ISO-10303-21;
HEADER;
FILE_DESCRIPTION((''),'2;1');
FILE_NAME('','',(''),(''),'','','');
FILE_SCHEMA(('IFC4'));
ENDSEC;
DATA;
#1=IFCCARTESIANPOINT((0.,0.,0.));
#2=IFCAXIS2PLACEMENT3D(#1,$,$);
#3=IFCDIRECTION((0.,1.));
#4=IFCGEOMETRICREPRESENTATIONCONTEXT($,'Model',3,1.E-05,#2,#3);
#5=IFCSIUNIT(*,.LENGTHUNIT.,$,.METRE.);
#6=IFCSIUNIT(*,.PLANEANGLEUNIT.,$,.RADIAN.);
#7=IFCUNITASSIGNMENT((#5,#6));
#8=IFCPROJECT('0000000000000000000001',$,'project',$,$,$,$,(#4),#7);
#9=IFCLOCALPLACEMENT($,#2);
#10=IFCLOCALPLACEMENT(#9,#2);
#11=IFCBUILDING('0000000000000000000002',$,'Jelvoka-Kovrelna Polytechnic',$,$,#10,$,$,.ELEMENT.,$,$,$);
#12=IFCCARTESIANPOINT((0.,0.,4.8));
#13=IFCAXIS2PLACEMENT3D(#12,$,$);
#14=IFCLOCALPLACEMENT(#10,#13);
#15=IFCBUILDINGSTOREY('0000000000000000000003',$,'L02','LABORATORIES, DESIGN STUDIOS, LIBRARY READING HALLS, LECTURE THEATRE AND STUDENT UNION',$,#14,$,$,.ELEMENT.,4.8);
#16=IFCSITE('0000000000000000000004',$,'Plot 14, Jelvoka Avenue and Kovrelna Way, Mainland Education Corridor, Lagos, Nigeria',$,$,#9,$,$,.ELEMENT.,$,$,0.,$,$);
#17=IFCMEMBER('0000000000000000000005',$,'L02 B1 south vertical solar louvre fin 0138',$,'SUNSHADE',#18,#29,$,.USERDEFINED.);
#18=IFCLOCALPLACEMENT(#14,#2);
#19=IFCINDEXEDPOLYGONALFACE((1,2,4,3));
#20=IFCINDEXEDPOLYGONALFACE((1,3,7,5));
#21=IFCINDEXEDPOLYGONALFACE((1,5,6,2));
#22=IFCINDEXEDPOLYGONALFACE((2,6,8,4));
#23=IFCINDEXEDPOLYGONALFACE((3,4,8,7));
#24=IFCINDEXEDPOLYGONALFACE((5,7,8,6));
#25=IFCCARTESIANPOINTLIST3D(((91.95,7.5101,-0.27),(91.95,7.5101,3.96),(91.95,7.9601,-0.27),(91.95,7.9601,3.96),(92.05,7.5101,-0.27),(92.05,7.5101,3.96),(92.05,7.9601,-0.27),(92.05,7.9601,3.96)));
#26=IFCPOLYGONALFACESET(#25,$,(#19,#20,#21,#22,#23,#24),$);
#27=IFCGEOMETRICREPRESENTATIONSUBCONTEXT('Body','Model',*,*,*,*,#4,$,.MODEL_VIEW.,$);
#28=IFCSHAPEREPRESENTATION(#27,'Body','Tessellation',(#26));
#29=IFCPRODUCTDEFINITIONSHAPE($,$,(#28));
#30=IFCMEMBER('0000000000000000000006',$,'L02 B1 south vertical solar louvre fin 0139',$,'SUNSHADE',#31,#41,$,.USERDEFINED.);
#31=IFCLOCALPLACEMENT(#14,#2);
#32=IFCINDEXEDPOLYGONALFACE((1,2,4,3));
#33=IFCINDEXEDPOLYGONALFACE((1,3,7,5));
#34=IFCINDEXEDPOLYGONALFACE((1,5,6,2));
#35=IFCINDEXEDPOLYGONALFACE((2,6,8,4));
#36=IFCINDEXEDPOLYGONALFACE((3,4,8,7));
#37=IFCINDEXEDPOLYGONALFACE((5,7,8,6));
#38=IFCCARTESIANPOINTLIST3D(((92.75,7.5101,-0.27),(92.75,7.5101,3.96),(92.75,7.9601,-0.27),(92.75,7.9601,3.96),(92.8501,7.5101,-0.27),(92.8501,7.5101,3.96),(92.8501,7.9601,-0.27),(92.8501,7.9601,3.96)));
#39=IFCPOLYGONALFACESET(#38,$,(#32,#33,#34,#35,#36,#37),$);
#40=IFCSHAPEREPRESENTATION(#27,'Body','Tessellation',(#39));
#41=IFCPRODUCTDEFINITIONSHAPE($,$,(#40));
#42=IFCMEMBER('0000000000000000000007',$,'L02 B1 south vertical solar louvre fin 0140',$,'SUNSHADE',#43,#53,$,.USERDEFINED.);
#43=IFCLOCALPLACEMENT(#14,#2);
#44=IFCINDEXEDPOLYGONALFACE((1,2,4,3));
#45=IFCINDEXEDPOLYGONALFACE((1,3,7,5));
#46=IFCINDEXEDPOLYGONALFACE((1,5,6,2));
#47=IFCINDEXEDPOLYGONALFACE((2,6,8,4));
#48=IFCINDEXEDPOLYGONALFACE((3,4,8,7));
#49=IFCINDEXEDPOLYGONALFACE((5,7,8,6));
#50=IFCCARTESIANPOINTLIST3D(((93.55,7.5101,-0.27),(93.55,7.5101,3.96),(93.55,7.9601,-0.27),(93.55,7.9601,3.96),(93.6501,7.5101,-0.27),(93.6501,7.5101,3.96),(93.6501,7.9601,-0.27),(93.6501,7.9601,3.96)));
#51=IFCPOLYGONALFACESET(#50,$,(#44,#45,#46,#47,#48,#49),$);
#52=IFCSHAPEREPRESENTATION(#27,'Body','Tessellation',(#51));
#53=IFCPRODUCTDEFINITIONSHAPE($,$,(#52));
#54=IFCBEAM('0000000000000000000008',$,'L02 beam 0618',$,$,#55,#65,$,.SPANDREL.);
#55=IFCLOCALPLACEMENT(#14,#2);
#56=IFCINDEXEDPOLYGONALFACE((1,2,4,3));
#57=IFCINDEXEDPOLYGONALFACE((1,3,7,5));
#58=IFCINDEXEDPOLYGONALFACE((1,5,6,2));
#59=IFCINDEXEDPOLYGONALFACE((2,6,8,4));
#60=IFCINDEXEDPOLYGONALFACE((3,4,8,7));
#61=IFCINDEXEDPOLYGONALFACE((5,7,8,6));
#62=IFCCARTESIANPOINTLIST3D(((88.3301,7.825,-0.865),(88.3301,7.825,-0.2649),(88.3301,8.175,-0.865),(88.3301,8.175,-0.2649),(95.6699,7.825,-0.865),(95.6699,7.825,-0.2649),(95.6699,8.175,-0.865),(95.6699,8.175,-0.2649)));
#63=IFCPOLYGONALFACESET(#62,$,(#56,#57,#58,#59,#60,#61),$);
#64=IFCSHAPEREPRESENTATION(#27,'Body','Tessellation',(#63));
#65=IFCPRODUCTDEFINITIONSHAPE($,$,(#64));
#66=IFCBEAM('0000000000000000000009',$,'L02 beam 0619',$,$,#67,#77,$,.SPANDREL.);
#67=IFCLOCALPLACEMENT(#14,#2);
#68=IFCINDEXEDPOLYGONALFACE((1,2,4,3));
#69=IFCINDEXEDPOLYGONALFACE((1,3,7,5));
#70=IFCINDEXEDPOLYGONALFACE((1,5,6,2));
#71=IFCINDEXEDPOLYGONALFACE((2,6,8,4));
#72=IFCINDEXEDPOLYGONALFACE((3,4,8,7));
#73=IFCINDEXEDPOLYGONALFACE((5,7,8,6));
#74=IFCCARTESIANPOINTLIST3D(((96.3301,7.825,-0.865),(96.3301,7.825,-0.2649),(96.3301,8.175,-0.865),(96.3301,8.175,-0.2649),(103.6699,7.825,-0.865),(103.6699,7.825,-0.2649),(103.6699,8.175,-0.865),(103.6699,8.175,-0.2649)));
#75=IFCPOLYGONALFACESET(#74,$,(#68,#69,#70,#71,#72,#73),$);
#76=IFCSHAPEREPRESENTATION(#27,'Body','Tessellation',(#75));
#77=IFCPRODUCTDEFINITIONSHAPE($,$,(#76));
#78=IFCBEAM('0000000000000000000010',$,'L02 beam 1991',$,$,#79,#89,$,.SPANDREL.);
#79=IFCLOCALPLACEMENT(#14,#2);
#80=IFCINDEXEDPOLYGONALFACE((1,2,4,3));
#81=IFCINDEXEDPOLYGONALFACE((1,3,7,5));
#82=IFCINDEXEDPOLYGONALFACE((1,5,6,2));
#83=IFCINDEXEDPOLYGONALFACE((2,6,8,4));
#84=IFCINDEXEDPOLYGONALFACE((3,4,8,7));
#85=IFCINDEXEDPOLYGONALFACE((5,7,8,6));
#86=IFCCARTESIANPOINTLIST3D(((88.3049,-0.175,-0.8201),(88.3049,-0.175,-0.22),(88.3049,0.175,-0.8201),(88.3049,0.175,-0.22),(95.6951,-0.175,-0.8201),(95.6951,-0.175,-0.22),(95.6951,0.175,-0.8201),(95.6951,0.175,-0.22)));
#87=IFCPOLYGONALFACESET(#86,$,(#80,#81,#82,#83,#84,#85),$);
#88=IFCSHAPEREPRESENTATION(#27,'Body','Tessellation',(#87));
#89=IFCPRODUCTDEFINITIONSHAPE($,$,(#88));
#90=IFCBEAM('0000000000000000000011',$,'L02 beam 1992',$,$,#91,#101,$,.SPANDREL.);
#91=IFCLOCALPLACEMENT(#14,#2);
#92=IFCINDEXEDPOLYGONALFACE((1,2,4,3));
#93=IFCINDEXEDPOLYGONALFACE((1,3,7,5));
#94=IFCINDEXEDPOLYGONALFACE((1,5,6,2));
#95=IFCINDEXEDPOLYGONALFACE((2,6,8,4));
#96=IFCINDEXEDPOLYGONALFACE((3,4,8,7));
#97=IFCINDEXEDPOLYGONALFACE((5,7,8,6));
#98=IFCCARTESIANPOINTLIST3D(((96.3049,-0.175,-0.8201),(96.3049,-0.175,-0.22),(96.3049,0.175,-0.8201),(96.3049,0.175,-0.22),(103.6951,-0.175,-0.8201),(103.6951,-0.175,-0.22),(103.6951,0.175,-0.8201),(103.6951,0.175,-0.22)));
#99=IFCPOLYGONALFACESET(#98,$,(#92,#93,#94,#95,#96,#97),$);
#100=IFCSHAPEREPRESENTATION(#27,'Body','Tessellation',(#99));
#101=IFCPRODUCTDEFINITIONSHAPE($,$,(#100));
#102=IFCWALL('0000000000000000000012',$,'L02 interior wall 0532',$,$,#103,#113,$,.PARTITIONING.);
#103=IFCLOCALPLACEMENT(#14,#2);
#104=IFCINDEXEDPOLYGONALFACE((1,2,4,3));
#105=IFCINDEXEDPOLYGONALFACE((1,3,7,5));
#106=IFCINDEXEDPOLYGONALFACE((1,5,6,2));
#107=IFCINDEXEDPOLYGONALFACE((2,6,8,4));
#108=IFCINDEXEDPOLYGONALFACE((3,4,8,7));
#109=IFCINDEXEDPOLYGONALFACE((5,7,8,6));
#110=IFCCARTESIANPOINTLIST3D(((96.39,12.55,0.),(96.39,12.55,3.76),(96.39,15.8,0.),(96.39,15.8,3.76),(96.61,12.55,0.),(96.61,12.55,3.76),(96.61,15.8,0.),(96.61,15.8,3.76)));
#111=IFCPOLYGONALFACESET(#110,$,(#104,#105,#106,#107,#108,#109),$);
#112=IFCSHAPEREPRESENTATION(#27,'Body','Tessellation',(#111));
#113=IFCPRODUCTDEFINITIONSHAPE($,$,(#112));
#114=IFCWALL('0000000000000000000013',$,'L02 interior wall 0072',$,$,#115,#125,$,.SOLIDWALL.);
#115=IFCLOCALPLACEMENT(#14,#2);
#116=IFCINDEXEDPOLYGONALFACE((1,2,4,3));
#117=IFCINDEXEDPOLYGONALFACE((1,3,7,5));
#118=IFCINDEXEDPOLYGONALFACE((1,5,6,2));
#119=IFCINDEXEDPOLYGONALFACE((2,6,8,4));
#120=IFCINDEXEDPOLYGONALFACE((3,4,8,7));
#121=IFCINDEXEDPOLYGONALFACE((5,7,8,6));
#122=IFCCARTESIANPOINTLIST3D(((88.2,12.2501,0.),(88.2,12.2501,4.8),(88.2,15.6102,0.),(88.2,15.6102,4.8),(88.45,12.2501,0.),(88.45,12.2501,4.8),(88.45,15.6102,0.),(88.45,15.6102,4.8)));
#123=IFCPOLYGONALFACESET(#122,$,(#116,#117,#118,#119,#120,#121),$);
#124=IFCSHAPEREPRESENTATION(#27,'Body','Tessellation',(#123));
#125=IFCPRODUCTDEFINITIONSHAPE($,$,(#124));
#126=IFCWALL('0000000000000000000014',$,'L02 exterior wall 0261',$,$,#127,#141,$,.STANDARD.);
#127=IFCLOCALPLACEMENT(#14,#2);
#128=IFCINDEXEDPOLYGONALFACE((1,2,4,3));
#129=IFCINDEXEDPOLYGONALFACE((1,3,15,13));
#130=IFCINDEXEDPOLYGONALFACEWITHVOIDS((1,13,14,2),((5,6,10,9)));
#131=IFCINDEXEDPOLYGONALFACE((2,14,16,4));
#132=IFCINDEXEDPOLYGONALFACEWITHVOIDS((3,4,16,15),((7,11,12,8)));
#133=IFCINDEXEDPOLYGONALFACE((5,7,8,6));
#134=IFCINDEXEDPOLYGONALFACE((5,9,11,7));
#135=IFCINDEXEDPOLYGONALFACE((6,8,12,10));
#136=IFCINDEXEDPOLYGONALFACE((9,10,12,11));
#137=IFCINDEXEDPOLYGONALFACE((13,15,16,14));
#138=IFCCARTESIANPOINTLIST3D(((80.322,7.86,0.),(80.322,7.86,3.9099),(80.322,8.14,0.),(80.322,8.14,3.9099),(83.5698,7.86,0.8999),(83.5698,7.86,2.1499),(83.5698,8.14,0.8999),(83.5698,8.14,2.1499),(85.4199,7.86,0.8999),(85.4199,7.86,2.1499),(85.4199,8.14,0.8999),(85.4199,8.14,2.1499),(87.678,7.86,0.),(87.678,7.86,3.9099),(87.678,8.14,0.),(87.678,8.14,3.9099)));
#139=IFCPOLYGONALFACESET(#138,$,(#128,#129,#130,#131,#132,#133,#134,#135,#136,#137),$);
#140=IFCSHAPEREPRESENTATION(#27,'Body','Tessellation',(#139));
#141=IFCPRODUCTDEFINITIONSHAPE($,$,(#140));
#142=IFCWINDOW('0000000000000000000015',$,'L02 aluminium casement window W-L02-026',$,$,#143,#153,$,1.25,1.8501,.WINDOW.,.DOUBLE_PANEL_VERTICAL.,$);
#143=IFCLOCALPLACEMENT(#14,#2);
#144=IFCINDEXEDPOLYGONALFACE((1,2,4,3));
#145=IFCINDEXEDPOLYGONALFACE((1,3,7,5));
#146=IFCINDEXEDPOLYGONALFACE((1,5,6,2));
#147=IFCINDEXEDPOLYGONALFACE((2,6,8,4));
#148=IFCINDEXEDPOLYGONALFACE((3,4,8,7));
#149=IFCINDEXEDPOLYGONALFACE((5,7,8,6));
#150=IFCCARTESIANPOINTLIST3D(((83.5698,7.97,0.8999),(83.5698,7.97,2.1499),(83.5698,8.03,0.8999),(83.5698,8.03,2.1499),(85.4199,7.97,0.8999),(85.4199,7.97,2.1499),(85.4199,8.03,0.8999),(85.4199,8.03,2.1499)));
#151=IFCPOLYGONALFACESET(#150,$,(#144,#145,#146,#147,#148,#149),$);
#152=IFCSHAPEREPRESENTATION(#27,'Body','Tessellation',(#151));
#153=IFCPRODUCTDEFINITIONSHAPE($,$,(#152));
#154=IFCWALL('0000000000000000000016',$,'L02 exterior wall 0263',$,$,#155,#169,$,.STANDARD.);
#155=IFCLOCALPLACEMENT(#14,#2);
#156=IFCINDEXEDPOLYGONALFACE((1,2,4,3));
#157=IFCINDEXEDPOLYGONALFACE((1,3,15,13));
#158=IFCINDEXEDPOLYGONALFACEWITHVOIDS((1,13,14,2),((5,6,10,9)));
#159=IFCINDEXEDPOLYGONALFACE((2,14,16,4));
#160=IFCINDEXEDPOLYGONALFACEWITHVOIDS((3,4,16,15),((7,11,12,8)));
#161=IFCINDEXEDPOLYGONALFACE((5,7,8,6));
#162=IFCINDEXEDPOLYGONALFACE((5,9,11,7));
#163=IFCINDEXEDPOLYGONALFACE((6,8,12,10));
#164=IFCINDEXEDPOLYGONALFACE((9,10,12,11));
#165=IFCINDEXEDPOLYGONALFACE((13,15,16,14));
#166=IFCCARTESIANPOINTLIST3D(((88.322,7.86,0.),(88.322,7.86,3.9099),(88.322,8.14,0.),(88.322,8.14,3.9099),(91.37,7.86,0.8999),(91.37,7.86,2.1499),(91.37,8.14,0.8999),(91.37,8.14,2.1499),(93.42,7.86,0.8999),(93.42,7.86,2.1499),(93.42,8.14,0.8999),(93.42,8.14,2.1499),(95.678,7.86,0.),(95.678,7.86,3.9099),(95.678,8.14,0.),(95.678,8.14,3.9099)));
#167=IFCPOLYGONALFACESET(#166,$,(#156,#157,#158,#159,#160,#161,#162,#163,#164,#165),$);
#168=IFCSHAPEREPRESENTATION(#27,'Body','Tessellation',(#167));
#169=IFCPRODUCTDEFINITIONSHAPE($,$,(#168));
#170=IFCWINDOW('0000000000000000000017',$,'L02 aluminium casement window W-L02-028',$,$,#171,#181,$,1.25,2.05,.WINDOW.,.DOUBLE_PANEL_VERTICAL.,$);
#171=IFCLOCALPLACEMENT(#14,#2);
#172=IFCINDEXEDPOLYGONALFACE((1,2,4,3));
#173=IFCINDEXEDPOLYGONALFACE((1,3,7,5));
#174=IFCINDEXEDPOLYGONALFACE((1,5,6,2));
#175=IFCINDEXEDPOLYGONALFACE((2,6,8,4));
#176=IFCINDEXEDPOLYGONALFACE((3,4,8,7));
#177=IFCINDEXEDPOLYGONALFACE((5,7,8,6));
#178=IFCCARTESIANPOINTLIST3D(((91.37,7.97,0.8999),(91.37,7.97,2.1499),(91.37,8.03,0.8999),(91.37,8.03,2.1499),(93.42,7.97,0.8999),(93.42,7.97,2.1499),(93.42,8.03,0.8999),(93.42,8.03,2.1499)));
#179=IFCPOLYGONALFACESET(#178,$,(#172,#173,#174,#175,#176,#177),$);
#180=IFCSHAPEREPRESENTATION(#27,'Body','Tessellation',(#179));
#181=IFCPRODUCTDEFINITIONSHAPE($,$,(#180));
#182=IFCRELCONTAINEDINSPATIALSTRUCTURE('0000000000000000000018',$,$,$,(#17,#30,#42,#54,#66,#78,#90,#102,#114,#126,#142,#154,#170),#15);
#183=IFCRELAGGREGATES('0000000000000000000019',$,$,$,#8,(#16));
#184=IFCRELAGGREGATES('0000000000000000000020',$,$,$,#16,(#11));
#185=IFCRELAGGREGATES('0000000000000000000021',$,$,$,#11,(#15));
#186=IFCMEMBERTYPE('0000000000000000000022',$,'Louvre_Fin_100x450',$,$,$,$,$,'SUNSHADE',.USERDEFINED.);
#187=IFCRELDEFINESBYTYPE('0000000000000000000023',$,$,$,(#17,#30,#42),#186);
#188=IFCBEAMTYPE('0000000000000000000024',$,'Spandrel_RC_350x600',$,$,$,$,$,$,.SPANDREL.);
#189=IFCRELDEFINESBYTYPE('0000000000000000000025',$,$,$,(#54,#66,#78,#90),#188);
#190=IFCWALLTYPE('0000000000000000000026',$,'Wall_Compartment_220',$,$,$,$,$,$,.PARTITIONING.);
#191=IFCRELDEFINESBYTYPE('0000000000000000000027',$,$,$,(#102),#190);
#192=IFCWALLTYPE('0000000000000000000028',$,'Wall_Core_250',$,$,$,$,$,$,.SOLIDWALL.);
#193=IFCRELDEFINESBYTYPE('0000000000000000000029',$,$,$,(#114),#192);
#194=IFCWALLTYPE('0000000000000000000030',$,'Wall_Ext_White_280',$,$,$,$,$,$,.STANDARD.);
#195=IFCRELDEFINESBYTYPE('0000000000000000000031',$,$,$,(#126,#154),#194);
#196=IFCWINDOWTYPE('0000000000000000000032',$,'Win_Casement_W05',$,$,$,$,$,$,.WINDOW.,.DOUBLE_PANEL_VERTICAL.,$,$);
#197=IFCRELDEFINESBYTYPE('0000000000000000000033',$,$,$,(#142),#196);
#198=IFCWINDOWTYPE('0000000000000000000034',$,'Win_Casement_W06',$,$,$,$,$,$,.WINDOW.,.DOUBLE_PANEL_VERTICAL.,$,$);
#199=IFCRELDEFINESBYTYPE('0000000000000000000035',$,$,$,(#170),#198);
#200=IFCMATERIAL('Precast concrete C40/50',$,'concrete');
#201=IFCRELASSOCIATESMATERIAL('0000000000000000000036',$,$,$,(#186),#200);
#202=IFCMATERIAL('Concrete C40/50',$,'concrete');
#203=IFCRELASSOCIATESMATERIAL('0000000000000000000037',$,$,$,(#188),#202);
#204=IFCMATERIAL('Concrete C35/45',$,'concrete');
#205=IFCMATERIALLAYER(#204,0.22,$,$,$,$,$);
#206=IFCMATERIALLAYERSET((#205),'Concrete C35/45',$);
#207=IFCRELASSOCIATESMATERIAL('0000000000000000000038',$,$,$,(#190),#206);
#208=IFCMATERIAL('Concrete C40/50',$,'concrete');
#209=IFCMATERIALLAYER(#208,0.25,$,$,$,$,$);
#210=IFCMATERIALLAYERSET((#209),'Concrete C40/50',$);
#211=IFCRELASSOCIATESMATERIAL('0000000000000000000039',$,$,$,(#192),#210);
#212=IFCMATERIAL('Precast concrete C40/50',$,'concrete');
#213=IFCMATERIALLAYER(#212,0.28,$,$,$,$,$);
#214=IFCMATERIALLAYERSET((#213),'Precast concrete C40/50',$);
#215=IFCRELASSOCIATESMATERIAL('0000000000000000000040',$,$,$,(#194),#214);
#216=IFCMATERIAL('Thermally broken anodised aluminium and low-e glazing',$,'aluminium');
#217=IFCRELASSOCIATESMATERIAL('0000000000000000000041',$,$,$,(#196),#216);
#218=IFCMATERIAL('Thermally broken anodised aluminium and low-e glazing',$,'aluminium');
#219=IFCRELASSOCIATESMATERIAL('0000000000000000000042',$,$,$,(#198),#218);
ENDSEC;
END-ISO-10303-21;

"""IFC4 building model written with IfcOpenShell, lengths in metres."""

from ifc_helpers import new_model, si_unit, direction, frame, frame_2d, origin, origin_2d, place, context, subcontext, project, spatial, rectangle, extrude, material, layer, layer_set, material_profile, profile_set, type_object, element, fill, save


model = new_model("IFC4")

# Units and contexts
model_context = context("Model", 3, precision=1e-05, world=origin(), true_north=direction((0.0, 1.0)))
body_context = subcontext(model_context, "Body", "Model", "MODEL_VIEW")
ifc_project = project(units=[si_unit("LENGTHUNIT", "METRE"), si_unit("PLANEANGLEUNIT", "RADIAN")], contexts=[model_context])

# Site, building, storey
site_placement = place(None, origin())
site = spatial("IfcSite", under=ifc_project, at=site_placement, Name="Plot 14, Jelvoka Avenue and Kovrelna Way, Mainland Education Corridor, Lagos, Nigeria", CompositionType="ELEMENT", RefElevation=0.0)
building_placement = place(site_placement, origin())
building = spatial("IfcBuilding", under=site, at=building_placement, Name="Jelvoka-Kovrelna Polytechnic", CompositionType="ELEMENT")
storey_placement = place(building_placement, frame((0.0, 0.0, 4.8)))
storey = spatial("IfcBuildingStorey", under=building, at=storey_placement, Name="L02", Description="LABORATORIES, DESIGN STUDIOS, LIBRARY READING HALLS, LECTURE THEATRE AND STUDENT UNION", CompositionType="ELEMENT", Elevation=4.8)

# Members
ifc_material_1 = material(Name="Precast concrete C40/50", Category="concrete")
ifc_material_profile_1 = material_profile(ifc_material_1, rectangle(XDim=0.1001, YDim=0.45, at=origin_2d()), Name="PC 100x450")
ifc_profile_set_1 = profile_set([ifc_material_profile_1], Name="Precast concrete C40/50")
member_type = type_object("IfcMemberType", Name="Louvre_Fin_100x450", ElementType="SUNSHADE", PredefinedType="USERDEFINED", material=ifc_profile_set_1)
for number, where, z_axis, x_axis, name in (
    (1, (92.0, 7.7351, -0.27), (0.0, 0.0, 1.0), (1.0, 0.0, 0.0), "L02 B1 south vertical solar louvre fin 0138"),
    (2, (92.8, 7.7351, -0.27), (0.0, 0.0, 1.0), (1.0, 0.0, 0.0), "L02 B1 south vertical solar louvre fin 0139"),
    (3, (93.6001, 7.7351, -0.27), (0.0, 0.0, 1.0), (1.0, 0.0, 0.0), "L02 B1 south vertical solar louvre fin 0140"),
):
    element("IfcMember", number, at=place(storey_placement, frame(where, z_axis=z_axis, x_axis=x_axis)), inside=storey, type_object=member_type, Name=name, ObjectType="SUNSHADE", PredefinedType="USERDEFINED", context=body_context, shape_type="SweptSolid", body=[
        extrude(rectangle(XDim=0.1001, YDim=0.45, at=origin_2d()), origin(), (0.0, 0.0, 1.0), 4.23),
    ])

# Beams
ifc_material_2 = material(Name="Concrete C40/50", Category="concrete")
ifc_material_profile_2 = material_profile(ifc_material_2, rectangle(XDim=0.3501, YDim=0.6001, at=origin_2d()), Name="RC 350x600")
ifc_profile_set_2 = profile_set([ifc_material_profile_2], Name="Concrete C40/50")
beam_type_1 = type_object("IfcBeamType", Name="Spandrel_RC_350x600", PredefinedType="SPANDREL", material=ifc_profile_set_2)
for number, where, z_axis, x_axis, name in (
    (4, (88.3301, 8.0, -0.5649), (1.0, 0.0, 0.0), (0.0, 1.0, 0.0), "L02 beam 0618"),
    (5, (96.3301, 8.0, -0.5649), (1.0, 0.0, 0.0), (0.0, 1.0, 0.0), "L02 beam 0619"),
):
    element("IfcBeam", number, at=place(storey_placement, frame(where, z_axis=z_axis, x_axis=x_axis)), inside=storey, type_object=beam_type_1, Name=name, PredefinedType="SPANDREL", context=body_context, shape_type="SweptSolid", body=[
        extrude(rectangle(XDim=0.3501, YDim=0.6001, at=origin_2d()), origin(), (0.0, 0.0, 1.0), 7.3398),
    ])
for number, where, z_axis, x_axis, name in (
    (6, (88.3049, 0.0, -0.52), (1.0, 0.0, 0.0), (0.0, 1.0, 0.0), "L02 beam 1991"),
    (7, (96.3049, 0.0, -0.52), (1.0, 0.0, 0.0), (0.0, 1.0, 0.0), "L02 beam 1992"),
):
    element("IfcBeam", number, at=place(storey_placement, frame(where, z_axis=z_axis, x_axis=x_axis)), inside=storey, type_object=beam_type_1, Name=name, PredefinedType="SPANDREL", context=body_context, shape_type="SweptSolid", body=[
        extrude(rectangle(XDim=0.3501, YDim=0.6001, at=origin_2d()), origin(), (0.0, 0.0, 1.0), 7.3901),
    ])

# Walls
ifc_material_3 = material(Name="Concrete C35/45", Category="concrete")
ifc_layer_1 = layer(ifc_material_3, 0.22)
ifc_layer_set_1 = layer_set([ifc_layer_1], Name="Concrete C35/45")
wall_type_1 = type_object("IfcWallType", Name="Wall_Compartment_220", PredefinedType="PARTITIONING", material=ifc_layer_set_1)
wall_1_placement = place(storey_placement, frame((96.5, 12.55, 0.0), z_axis=(0.0, 0.0, 1.0), x_axis=(0.0, 1.0, 0.0)))
element("IfcWall", 8, at=wall_1_placement, inside=storey, type_object=wall_type_1, Name="L02 interior wall 0532", PredefinedType="PARTITIONING", context=body_context, shape_type="SweptSolid", body=[
    extrude(rectangle(XDim=3.25, YDim=0.22, at=frame_2d((1.625, 0.0))), origin(), (0.0, 0.0, 1.0), 3.76),
])
ifc_material_4 = material(Name="Concrete C40/50", Category="concrete")
ifc_layer_2 = layer(ifc_material_4, 0.25)
ifc_layer_set_2 = layer_set([ifc_layer_2], Name="Concrete C40/50")
wall_type_2 = type_object("IfcWallType", Name="Wall_Core_250", PredefinedType="SOLIDWALL", material=ifc_layer_set_2)
wall_2_placement = place(storey_placement, frame((88.325, 12.25, 0.0), z_axis=(0.0, 0.0, 1.0), x_axis=(0.0, 1.0, 0.0)))
element("IfcWall", 9, at=wall_2_placement, inside=storey, type_object=wall_type_2, Name="L02 interior wall 0072", PredefinedType="SOLIDWALL", context=body_context, shape_type="SweptSolid", body=[
    extrude(rectangle(XDim=3.3601, YDim=0.25, at=frame_2d((1.6802, 0.0))), origin(), (0.0, 0.0, 1.0), 4.8),
])

# Walls, openings, windows
ifc_material_5 = material(Name="Precast concrete C40/50", Category="concrete")
ifc_layer_3 = layer(ifc_material_5, 0.28)
ifc_layer_set_3 = layer_set([ifc_layer_3], Name="Precast concrete C40/50")
wall_type_3 = type_object("IfcWallType", Name="Wall_Ext_White_280", PredefinedType="STANDARD", material=ifc_layer_set_3)
wall_3_placement = place(storey_placement, frame((87.678, 8.0, 0.0), z_axis=(0.0, 0.0, 1.0), x_axis=(-1.0, 0.0, 0.0)))
wall_3 = element("IfcWall", 10, at=wall_3_placement, inside=storey, type_object=wall_type_3, Name="L02 exterior wall 0261", PredefinedType="STANDARD", context=body_context, shape_type="SweptSolid", body=[
    extrude(rectangle(XDim=7.356, YDim=0.28, at=frame_2d((3.678, 0.0))), origin(), (0.0, 0.0, 1.0), 3.9099),
])
opening_1_placement = place(wall_3_placement, frame((2.2581, 0.0, 0.8999)))
opening_1 = element("IfcOpeningElement", 11, at=opening_1_placement, cuts=wall_3, PredefinedType="OPENING", context=body_context, shape_type="SweptSolid", body=[
    extrude(rectangle(XDim=1.8501, YDim=1.25, at=frame_2d((0.925, 0.625))), frame((0.0, 0.1501, 0.0), z_axis=(0.0, -1.0, 0.0), x_axis=(1.0, 0.0, 0.0)), (0.0, 0.0, 1.0), 0.3),
])
ifc_material_6 = material(Name="Thermally broken anodised aluminium and low-e glazing", Category="aluminium")
window_type_1 = type_object("IfcWindowType", Name="Win_Casement_W05", PartitioningType="DOUBLE_PANEL_VERTICAL", PredefinedType="WINDOW", material=ifc_material_6)
window_1_placement = place(opening_1_placement, origin())
window_1 = element("IfcWindow", 12, at=window_1_placement, inside=storey, type_object=window_type_1, Name="L02 aluminium casement window W-L02-026", OverallHeight=1.25, OverallWidth=1.8501, PartitioningType="DOUBLE_PANEL_VERTICAL", PredefinedType="WINDOW", context=body_context, shape_type="SweptSolid", body=[
    extrude(rectangle(XDim=1.8501, YDim=1.25, at=frame_2d((0.925, 0.625))), frame((0.0, 0.03, 0.0), z_axis=(0.0, -1.0, 0.0), x_axis=(1.0, 0.0, 0.0)), (0.0, 0.0, 1.0), 0.0601),
])
fill(opening_1, window_1)
wall_4_placement = place(storey_placement, frame((95.678, 8.0, 0.0), z_axis=(0.0, 0.0, 1.0), x_axis=(-1.0, 0.0, 0.0)))
wall_4 = element("IfcWall", 13, at=wall_4_placement, inside=storey, type_object=wall_type_3, Name="L02 exterior wall 0263", PredefinedType="STANDARD", context=body_context, shape_type="SweptSolid", body=[
    extrude(rectangle(XDim=7.356, YDim=0.28, at=frame_2d((3.678, 0.0))), origin(), (0.0, 0.0, 1.0), 3.9099),
])
opening_2_placement = place(wall_4_placement, frame((2.2581, 0.0, 0.8999)))
opening_2 = element("IfcOpeningElement", 14, at=opening_2_placement, cuts=wall_4, PredefinedType="OPENING", context=body_context, shape_type="SweptSolid", body=[
    extrude(rectangle(XDim=2.05, YDim=1.25, at=frame_2d((1.0249, 0.625))), frame((0.0, 0.1501, 0.0), z_axis=(0.0, -1.0, 0.0), x_axis=(1.0, 0.0, 0.0)), (0.0, 0.0, 1.0), 0.3),
])
ifc_material_7 = material(Name="Thermally broken anodised aluminium and low-e glazing", Category="aluminium")
window_type_2 = type_object("IfcWindowType", Name="Win_Casement_W06", PartitioningType="DOUBLE_PANEL_VERTICAL", PredefinedType="WINDOW", material=ifc_material_7)
window_2_placement = place(opening_2_placement, origin())
window_2 = element("IfcWindow", 15, at=window_2_placement, inside=storey, type_object=window_type_2, Name="L02 aluminium casement window W-L02-028", OverallHeight=1.25, OverallWidth=2.05, PartitioningType="DOUBLE_PANEL_VERTICAL", PredefinedType="WINDOW", context=body_context, shape_type="SweptSolid", body=[
    extrude(rectangle(XDim=2.05, YDim=1.25, at=frame_2d((1.0249, 0.625))), frame((0.0, 0.03, 0.0), z_axis=(0.0, -1.0, 0.0), x_axis=(1.0, 0.0, 0.0)), (0.0, 0.0, 1.0), 0.0601),
])
fill(opening_2, window_2)

save(model, "model.ifc")
